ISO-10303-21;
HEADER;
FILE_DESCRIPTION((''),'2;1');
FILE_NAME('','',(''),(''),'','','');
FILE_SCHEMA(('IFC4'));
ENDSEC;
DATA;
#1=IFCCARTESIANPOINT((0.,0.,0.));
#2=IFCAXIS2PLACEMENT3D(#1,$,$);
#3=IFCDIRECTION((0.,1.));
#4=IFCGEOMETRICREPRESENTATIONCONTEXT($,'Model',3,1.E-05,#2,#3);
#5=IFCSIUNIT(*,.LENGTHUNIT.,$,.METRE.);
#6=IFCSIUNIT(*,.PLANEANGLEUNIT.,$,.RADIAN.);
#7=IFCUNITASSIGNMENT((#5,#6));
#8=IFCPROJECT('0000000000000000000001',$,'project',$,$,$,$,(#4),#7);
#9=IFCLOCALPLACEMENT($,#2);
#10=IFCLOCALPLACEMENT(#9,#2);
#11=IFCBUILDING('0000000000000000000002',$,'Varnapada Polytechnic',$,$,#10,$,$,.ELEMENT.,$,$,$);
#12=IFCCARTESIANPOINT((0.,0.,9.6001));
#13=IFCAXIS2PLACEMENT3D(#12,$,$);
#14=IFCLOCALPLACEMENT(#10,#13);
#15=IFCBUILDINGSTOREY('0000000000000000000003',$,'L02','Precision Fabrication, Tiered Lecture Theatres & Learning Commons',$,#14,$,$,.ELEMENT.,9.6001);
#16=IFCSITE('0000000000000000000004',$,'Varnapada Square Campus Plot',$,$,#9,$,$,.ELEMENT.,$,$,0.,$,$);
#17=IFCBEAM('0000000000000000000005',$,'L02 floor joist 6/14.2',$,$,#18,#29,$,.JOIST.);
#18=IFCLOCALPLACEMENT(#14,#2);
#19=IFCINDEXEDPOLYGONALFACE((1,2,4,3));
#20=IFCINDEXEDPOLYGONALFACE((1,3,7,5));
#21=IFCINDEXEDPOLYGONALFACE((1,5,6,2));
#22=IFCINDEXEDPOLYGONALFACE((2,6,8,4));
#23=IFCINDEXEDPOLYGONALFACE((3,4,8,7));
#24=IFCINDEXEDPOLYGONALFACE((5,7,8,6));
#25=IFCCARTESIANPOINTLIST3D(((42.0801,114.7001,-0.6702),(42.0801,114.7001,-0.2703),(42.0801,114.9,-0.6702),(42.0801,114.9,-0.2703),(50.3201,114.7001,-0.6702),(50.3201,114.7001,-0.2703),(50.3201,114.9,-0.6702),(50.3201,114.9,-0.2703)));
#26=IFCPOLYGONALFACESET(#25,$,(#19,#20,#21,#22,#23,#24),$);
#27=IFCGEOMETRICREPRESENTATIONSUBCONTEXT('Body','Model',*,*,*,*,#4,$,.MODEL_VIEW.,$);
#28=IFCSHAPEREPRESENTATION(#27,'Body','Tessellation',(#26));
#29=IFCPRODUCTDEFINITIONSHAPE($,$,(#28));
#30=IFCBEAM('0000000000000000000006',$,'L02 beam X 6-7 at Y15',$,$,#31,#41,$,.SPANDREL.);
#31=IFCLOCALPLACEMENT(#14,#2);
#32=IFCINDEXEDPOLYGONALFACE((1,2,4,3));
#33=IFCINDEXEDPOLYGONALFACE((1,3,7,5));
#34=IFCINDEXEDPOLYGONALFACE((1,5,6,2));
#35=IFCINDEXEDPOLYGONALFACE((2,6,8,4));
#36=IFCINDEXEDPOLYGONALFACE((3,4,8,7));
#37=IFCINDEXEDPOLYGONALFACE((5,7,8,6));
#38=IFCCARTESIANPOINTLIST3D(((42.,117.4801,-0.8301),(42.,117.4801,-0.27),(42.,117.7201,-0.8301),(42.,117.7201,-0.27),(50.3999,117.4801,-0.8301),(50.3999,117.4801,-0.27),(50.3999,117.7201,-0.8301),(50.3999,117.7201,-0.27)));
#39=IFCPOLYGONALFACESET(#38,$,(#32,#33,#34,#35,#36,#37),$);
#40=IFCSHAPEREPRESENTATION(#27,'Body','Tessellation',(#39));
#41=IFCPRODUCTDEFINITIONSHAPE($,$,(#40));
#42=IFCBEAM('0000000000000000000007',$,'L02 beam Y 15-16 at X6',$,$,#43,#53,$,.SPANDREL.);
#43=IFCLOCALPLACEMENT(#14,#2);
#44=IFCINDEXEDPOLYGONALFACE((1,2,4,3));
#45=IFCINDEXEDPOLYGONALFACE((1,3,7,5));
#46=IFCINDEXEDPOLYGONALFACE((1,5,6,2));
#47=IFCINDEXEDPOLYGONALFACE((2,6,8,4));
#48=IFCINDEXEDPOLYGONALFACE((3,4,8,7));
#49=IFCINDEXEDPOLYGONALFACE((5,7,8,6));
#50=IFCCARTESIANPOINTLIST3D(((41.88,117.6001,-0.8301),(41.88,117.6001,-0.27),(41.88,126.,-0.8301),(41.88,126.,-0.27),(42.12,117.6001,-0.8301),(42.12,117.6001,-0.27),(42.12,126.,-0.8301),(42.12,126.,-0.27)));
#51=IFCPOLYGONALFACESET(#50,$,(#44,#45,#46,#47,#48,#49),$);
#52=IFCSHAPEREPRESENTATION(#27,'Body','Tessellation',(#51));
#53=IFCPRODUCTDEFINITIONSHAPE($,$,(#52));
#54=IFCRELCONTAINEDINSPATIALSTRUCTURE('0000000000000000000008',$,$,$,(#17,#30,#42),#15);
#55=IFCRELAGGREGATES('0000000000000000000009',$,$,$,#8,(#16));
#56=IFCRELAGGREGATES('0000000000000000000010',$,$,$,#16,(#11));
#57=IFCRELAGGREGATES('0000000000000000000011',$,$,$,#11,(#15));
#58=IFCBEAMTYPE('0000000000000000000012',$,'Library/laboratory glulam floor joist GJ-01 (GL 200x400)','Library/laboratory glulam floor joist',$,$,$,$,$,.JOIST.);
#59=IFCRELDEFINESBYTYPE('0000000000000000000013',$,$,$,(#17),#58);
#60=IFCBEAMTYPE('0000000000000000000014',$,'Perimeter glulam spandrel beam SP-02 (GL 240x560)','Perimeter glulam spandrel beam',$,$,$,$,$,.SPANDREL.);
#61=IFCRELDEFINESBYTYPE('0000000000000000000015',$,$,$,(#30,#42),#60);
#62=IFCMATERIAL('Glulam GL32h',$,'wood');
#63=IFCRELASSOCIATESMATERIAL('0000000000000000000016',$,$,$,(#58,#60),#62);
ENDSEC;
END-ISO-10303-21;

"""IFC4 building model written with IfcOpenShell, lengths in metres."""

from ifc_helpers import new_model, si_unit, direction, frame, origin, origin_2d, place, context, subcontext, project, spatial, rectangle, extrude, material, material_profile, profile_set, type_object, element, save


model = new_model("IFC4")

# Units and contexts
model_context = context("Model", 3, precision=1e-05, world=origin(), true_north=direction((0.0, 1.0)))
body_context = subcontext(model_context, "Body", "Model", "MODEL_VIEW")
ifc_project = project(units=[si_unit("LENGTHUNIT", "METRE"), si_unit("PLANEANGLEUNIT", "RADIAN")], contexts=[model_context])

# Site, building, storey
site_placement = place(None, origin())
site = spatial("IfcSite", under=ifc_project, at=site_placement, Name="Varnapada Square Campus Plot", CompositionType="ELEMENT", RefElevation=0.0)
building_placement = place(site_placement, origin())
building = spatial("IfcBuilding", under=site, at=building_placement, Name="Varnapada Polytechnic", CompositionType="ELEMENT")
storey_placement = place(building_placement, frame((0.0, 0.0, 9.6001)))
storey = spatial("IfcBuildingStorey", under=building, at=storey_placement, Name="L02", Description="Precision Fabrication, Tiered Lecture Theatres & Learning Commons", CompositionType="ELEMENT", Elevation=9.6001)

# Beams
ifc_material_1 = material(Name="Glulam GL32h", Category="wood")
ifc_material_profile_1 = material_profile(ifc_material_1, rectangle(XDim=0.2, YDim=0.3999, at=origin_2d()), Name="GL 200x400")
ifc_profile_set_1 = profile_set([ifc_material_profile_1], Name="Glulam GL32h")
beam_type_1 = type_object("IfcBeamType", Name="Library/laboratory glulam floor joist GJ-01 (GL 200x400)", Description="Library/laboratory glulam floor joist", PredefinedType="JOIST", material=ifc_profile_set_1)
beam_placement = place(storey_placement, frame((42.0801, 114.8, -0.4702), z_axis=(1.0, 0.0, 0.0), x_axis=(0.0, 1.0, 0.0)))
element("IfcBeam", 1, at=beam_placement, inside=storey, type_object=beam_type_1, Name="L02 floor joist 6/14.2", PredefinedType="JOIST", context=body_context, shape_type="SweptSolid", body=[
    extrude(rectangle(XDim=0.2, YDim=0.3999, at=origin_2d()), origin(), (0.0, 0.0, 1.0), 8.24),
])
ifc_material_profile_2 = material_profile(ifc_material_1, rectangle(XDim=0.24, YDim=0.5601, at=origin_2d()), Name="GL 240x560")
ifc_profile_set_2 = profile_set([ifc_material_profile_2], Name="Glulam GL32h")
beam_type_2 = type_object("IfcBeamType", Name="Perimeter glulam spandrel beam SP-02 (GL 240x560)", Description="Perimeter glulam spandrel beam", PredefinedType="SPANDREL", material=ifc_profile_set_2)
for number, where, z_axis, x_axis, name in (
    (2, (42.0, 117.6001, -0.55), (1.0, 0.0, 0.0), (0.0, 1.0, 0.0), "L02 beam X 6-7 at Y15"),
    (3, (42.0, 117.6001, -0.55), (0.0, 1.0, 0.0), (-1.0, 0.0, 0.0), "L02 beam Y 15-16 at X6"),
):
    element("IfcBeam", number, at=place(storey_placement, frame(where, z_axis=z_axis, x_axis=x_axis)), inside=storey, type_object=beam_type_2, Name=name, PredefinedType="SPANDREL", context=body_context, shape_type="SweptSolid", body=[
        extrude(rectangle(XDim=0.24, YDim=0.5601, at=origin_2d()), origin(), (0.0, 0.0, 1.0), 8.3999),
    ])

save(model, "model.ifc")
